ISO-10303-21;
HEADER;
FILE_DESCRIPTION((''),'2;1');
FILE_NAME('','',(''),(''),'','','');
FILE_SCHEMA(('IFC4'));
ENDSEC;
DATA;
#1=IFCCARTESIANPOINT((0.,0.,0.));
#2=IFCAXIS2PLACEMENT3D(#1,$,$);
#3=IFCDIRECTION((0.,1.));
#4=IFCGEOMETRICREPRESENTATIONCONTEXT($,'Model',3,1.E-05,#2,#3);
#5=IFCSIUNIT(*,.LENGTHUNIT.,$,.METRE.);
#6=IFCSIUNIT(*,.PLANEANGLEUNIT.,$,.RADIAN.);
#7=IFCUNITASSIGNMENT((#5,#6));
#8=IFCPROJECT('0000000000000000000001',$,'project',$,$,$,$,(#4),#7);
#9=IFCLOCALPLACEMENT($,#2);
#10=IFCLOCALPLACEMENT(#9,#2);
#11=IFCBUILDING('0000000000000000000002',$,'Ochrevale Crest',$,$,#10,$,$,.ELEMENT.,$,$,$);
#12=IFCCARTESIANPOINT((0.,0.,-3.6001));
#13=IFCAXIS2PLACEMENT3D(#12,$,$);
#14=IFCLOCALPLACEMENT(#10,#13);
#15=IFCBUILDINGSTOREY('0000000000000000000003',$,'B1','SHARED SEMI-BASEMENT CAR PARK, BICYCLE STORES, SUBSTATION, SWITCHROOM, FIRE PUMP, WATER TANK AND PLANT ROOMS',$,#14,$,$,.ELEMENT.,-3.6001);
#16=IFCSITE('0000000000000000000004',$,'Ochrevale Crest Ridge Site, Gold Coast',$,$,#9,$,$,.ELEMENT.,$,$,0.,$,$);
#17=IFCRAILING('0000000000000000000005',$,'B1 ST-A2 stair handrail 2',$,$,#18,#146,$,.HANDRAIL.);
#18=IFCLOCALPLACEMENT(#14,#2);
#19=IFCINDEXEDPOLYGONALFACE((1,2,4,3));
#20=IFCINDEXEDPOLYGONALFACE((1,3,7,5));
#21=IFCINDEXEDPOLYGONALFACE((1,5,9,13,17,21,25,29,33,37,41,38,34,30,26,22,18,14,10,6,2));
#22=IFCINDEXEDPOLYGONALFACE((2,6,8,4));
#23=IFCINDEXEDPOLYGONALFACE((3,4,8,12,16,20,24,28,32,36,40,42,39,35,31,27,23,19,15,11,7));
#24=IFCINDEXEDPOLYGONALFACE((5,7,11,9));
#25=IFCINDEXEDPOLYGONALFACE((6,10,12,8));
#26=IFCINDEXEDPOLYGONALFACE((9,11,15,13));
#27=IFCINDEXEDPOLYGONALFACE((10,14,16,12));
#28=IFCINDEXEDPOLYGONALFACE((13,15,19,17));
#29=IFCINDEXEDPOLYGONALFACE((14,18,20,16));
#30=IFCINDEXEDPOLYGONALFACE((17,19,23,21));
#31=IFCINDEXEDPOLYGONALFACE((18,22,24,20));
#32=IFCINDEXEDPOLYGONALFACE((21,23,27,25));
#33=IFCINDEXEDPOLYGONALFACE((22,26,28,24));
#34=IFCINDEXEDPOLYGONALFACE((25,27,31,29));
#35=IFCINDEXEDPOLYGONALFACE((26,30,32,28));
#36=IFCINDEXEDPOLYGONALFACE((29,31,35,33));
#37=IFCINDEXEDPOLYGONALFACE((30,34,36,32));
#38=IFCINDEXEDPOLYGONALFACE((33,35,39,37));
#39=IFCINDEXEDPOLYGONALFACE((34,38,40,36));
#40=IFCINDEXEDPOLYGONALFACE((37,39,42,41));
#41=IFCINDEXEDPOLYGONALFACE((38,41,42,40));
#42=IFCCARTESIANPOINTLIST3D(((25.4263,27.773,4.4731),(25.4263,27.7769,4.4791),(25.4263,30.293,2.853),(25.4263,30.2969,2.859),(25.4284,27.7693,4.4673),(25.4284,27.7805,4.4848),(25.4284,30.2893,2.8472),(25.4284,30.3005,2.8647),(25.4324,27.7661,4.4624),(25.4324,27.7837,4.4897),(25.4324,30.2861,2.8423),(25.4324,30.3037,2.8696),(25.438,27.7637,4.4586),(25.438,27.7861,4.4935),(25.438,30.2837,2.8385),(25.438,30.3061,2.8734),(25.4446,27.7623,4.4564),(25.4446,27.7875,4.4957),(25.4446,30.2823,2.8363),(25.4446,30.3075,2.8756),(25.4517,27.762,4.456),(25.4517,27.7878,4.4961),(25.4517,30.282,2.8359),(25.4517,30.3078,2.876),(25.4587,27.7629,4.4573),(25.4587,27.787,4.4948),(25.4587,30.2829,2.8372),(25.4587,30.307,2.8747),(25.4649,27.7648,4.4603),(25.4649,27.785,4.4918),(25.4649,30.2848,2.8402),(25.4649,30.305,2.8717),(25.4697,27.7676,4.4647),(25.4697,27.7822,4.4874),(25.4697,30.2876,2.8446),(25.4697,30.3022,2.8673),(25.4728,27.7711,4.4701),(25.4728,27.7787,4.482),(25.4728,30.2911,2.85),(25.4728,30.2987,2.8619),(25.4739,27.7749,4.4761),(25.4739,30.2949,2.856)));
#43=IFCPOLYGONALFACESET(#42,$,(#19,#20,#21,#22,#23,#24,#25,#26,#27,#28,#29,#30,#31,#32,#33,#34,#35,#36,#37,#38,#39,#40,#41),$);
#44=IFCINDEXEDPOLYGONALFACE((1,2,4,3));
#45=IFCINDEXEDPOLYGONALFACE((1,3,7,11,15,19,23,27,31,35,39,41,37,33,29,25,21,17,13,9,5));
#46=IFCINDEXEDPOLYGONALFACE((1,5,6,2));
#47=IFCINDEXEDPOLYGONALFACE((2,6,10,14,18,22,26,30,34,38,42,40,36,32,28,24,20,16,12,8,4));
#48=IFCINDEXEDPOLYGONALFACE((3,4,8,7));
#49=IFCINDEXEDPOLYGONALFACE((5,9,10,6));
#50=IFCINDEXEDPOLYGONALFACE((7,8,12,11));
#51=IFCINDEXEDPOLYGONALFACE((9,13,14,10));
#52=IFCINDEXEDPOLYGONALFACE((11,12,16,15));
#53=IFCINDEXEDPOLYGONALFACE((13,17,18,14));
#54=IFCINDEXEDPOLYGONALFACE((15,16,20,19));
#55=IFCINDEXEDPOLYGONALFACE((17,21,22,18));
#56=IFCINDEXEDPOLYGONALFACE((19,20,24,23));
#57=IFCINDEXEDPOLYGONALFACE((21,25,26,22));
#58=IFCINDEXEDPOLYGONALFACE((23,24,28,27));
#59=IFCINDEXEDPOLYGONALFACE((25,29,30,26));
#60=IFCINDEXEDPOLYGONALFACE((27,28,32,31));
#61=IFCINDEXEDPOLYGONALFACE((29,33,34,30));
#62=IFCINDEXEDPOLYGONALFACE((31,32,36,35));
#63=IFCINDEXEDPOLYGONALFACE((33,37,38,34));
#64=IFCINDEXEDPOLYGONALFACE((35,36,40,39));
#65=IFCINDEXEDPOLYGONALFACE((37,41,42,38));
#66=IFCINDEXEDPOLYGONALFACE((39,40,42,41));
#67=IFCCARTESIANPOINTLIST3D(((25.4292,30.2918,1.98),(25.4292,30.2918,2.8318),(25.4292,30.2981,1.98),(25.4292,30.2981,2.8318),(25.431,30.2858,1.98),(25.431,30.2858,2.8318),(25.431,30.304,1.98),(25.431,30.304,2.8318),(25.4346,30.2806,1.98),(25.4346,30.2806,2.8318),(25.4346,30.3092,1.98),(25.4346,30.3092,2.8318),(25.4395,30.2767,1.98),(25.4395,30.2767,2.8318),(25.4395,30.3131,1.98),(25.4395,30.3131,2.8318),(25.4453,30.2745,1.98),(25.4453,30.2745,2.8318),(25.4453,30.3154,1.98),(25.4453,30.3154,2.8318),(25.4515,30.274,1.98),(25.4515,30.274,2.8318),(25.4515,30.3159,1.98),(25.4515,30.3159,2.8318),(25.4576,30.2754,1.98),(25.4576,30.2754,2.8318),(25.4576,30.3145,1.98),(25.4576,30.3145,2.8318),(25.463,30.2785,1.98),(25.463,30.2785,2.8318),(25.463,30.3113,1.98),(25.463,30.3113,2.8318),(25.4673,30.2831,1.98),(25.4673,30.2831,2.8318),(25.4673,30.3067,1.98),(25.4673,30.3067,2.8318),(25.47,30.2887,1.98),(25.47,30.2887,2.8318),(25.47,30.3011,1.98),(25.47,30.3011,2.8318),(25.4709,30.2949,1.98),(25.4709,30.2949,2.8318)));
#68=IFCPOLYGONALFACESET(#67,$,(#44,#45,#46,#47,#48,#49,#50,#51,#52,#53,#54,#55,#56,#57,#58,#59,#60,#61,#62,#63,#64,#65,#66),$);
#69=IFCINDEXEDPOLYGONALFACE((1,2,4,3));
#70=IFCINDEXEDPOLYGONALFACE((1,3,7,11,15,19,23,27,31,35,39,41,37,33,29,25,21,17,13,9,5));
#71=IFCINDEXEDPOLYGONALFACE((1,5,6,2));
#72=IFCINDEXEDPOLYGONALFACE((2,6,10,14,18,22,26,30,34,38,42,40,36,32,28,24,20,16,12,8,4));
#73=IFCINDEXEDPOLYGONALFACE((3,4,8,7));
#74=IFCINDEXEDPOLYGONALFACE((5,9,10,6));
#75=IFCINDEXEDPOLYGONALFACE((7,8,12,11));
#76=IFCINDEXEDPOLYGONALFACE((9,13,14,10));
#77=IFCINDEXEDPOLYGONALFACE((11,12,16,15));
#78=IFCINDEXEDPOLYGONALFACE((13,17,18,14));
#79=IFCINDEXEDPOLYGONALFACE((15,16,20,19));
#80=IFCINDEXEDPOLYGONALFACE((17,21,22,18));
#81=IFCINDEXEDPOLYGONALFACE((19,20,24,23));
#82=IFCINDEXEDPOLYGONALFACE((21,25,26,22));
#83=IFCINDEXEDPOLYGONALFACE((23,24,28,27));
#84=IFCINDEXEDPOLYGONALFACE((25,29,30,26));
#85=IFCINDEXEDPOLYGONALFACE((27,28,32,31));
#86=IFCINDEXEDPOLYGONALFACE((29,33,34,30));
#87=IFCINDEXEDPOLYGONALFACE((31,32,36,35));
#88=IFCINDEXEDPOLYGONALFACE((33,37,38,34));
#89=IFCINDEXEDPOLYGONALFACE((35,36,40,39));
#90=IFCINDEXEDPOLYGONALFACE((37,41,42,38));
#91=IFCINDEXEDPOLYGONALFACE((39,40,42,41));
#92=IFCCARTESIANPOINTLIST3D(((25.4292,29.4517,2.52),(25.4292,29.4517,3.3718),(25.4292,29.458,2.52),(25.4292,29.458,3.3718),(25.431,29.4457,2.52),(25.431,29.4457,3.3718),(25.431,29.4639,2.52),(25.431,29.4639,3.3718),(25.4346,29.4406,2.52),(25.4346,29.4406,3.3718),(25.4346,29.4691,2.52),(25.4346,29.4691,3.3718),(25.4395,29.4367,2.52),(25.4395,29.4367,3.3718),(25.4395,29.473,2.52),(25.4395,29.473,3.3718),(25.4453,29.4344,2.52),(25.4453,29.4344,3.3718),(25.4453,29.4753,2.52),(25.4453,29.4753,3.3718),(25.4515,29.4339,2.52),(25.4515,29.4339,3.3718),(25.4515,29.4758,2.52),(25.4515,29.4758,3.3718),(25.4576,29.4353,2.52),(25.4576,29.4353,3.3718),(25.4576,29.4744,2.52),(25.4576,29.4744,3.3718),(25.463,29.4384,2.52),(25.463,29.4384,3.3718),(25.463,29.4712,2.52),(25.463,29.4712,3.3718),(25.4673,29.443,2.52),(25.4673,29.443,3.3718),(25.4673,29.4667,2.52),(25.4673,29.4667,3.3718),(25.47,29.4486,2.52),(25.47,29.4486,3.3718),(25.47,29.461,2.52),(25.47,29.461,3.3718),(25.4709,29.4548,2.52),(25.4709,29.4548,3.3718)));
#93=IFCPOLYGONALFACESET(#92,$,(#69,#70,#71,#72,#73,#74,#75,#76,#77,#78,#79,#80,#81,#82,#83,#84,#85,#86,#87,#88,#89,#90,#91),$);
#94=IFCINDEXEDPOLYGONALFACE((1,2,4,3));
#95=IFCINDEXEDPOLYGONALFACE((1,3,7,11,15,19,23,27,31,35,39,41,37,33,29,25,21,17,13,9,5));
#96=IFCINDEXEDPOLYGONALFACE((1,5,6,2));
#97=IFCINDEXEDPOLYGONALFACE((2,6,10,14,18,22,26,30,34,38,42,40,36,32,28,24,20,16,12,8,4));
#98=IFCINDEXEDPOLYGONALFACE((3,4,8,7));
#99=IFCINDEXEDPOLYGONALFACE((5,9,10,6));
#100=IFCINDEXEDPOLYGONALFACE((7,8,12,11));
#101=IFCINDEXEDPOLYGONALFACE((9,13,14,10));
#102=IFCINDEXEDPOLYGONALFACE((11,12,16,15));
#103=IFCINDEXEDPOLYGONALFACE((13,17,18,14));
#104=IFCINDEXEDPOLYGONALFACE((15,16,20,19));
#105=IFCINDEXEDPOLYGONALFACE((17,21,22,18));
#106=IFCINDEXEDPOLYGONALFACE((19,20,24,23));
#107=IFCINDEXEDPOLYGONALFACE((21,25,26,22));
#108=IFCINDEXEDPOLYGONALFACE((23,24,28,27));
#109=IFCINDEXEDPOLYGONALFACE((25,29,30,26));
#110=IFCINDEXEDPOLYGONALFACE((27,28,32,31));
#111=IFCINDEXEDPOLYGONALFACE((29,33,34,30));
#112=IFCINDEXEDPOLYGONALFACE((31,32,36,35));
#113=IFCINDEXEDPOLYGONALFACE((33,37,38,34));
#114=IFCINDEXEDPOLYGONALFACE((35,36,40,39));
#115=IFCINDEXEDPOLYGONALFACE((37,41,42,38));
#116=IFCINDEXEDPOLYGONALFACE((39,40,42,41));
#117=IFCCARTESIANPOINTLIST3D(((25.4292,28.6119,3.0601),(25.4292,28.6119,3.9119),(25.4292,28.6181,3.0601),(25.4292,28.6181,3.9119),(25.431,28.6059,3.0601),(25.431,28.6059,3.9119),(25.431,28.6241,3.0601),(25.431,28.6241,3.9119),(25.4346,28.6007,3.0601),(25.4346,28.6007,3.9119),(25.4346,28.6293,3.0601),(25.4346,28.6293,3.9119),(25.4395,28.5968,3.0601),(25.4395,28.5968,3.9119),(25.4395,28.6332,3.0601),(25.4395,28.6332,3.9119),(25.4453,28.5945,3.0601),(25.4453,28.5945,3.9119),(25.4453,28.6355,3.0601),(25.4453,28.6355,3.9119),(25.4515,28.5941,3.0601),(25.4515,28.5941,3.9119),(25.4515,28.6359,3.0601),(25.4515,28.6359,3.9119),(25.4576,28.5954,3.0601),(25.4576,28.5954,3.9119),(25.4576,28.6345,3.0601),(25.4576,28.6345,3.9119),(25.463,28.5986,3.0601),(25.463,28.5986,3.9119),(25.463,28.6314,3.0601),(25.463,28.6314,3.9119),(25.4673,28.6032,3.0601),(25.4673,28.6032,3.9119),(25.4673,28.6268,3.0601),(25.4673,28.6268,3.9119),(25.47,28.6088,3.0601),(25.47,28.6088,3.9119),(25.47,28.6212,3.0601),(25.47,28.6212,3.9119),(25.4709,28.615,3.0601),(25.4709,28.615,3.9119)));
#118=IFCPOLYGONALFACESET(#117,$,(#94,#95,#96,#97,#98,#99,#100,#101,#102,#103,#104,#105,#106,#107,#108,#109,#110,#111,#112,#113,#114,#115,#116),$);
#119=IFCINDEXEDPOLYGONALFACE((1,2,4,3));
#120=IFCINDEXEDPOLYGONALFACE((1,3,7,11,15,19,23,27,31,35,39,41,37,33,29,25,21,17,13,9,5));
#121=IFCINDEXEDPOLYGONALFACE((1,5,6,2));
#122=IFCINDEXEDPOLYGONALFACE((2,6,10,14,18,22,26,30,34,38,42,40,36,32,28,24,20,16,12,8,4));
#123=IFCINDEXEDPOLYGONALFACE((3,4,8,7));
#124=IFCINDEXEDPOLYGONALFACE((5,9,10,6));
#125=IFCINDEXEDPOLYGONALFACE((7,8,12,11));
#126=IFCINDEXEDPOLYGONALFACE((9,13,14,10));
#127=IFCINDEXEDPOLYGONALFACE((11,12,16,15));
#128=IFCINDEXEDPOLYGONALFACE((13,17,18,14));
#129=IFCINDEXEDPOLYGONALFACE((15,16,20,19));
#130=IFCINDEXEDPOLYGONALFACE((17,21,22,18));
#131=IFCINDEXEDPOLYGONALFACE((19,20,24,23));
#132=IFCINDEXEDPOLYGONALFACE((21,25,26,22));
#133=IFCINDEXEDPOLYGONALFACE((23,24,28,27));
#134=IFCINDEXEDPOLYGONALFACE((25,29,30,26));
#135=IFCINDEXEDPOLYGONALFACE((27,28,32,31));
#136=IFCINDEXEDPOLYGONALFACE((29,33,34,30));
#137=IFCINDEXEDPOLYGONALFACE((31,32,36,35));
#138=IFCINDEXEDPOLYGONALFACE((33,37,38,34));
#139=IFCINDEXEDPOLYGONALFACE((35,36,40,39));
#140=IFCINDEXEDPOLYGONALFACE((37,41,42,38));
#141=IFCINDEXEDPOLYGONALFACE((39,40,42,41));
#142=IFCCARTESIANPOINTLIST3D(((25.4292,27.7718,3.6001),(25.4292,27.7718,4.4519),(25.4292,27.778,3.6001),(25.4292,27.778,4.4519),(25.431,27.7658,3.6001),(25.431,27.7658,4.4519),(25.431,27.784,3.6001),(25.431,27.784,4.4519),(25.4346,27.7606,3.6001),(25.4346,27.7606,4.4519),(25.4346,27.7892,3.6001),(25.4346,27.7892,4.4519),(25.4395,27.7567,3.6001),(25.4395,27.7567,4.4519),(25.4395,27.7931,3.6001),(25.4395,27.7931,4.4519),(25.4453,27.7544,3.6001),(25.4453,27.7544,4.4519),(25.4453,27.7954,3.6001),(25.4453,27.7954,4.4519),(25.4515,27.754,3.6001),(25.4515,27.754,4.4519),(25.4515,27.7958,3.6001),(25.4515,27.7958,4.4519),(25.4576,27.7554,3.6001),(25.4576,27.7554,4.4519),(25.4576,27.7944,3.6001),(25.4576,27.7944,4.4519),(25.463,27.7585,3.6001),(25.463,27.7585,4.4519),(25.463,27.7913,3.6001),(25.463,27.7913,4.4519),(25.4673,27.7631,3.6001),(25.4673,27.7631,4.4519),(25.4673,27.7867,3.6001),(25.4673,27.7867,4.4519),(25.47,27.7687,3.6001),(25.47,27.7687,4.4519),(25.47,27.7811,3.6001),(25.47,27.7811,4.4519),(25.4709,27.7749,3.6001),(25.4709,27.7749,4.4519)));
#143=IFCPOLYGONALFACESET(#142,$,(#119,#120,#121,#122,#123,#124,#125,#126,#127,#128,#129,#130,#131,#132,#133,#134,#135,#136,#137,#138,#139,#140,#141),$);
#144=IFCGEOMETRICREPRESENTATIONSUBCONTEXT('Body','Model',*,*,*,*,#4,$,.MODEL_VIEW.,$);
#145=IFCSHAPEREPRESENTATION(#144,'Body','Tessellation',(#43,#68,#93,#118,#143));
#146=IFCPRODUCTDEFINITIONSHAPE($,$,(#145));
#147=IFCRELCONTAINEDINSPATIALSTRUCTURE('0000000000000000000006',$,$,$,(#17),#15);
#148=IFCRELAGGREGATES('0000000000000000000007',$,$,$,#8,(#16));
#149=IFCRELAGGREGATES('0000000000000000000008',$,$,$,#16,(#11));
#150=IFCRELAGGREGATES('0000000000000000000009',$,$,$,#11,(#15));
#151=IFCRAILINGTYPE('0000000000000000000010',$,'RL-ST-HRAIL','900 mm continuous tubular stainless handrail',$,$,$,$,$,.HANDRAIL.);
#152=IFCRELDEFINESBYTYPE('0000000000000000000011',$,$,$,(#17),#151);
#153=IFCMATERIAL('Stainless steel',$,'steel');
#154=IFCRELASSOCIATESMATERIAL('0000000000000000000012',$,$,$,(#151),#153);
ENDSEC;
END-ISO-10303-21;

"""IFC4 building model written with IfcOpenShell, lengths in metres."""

from ifc_helpers import new_model, si_unit, direction, frame, origin, origin_2d, place, context, subcontext, project, spatial, circle, extrude, material, type_object, element, save


model = new_model("IFC4")

# Units and contexts
model_context = context("Model", 3, precision=1e-05, world=origin(), true_north=direction((0.0, 1.0)))
body_context = subcontext(model_context, "Body", "Model", "MODEL_VIEW")
ifc_project = project(units=[si_unit("LENGTHUNIT", "METRE"), si_unit("PLANEANGLEUNIT", "RADIAN")], contexts=[model_context])

# Site, building, storey
site_placement = place(None, origin())
site = spatial("IfcSite", under=ifc_project, at=site_placement, Name="Ochrevale Crest Ridge Site, Gold Coast", CompositionType="ELEMENT", RefElevation=0.0)
building_placement = place(site_placement, origin())
building = spatial("IfcBuilding", under=site, at=building_placement, Name="Ochrevale Crest", CompositionType="ELEMENT")
storey_placement = place(building_placement, frame((0.0, 0.0, -3.6001)))
storey = spatial("IfcBuildingStorey", under=building, at=storey_placement, Name="B1", Description="SHARED SEMI-BASEMENT CAR PARK, BICYCLE STORES, SUBSTATION, SWITCHROOM, FIRE PUMP, WATER TANK AND PLANT ROOMS", CompositionType="ELEMENT", Elevation=-3.6001)

# Railing
ifc_material_1 = material(Name="Stainless steel", Category="steel")
railing_type_1 = type_object("IfcRailingType", Name="RL-ST-HRAIL", Description="900 mm continuous tubular stainless handrail", PredefinedType="HANDRAIL", material=ifc_material_1)
railing_1_placement = place(storey_placement, frame((25.45, 30.2949, 1.98)))
element("IfcRailing", 1, at=railing_1_placement, inside=storey, type_object=railing_type_1, Name="B1 ST-A2 stair handrail 2", PredefinedType="HANDRAIL", context=body_context, shape_type="SweptSolid", body=[
    extrude(circle(Radius=0.0239, at=origin_2d()), frame((0.0, 0.0, 0.876), z_axis=(0.0, -0.841163, 0.540782), x_axis=(1.0, 0.0, 0.0)), (0.0, 0.0, 1.0), 2.9958),
    extrude(circle(Radius=0.021, at=origin_2d()), origin(), (0.0, 0.0, 1.0), 0.8518),
    extrude(circle(Radius=0.021, at=origin_2d()), frame((0.0, -0.8401, 0.54)), (0.0, 0.0, 1.0), 0.8518),
    extrude(circle(Radius=0.021, at=origin_2d()), frame((0.0, -1.6799, 1.0801)), (0.0, 0.0, 1.0), 0.8518),
    extrude(circle(Radius=0.021, at=origin_2d()), frame((0.0, -2.52, 1.6201)), (0.0, 0.0, 1.0), 0.8518),
])

save(model, "model.ifc")
